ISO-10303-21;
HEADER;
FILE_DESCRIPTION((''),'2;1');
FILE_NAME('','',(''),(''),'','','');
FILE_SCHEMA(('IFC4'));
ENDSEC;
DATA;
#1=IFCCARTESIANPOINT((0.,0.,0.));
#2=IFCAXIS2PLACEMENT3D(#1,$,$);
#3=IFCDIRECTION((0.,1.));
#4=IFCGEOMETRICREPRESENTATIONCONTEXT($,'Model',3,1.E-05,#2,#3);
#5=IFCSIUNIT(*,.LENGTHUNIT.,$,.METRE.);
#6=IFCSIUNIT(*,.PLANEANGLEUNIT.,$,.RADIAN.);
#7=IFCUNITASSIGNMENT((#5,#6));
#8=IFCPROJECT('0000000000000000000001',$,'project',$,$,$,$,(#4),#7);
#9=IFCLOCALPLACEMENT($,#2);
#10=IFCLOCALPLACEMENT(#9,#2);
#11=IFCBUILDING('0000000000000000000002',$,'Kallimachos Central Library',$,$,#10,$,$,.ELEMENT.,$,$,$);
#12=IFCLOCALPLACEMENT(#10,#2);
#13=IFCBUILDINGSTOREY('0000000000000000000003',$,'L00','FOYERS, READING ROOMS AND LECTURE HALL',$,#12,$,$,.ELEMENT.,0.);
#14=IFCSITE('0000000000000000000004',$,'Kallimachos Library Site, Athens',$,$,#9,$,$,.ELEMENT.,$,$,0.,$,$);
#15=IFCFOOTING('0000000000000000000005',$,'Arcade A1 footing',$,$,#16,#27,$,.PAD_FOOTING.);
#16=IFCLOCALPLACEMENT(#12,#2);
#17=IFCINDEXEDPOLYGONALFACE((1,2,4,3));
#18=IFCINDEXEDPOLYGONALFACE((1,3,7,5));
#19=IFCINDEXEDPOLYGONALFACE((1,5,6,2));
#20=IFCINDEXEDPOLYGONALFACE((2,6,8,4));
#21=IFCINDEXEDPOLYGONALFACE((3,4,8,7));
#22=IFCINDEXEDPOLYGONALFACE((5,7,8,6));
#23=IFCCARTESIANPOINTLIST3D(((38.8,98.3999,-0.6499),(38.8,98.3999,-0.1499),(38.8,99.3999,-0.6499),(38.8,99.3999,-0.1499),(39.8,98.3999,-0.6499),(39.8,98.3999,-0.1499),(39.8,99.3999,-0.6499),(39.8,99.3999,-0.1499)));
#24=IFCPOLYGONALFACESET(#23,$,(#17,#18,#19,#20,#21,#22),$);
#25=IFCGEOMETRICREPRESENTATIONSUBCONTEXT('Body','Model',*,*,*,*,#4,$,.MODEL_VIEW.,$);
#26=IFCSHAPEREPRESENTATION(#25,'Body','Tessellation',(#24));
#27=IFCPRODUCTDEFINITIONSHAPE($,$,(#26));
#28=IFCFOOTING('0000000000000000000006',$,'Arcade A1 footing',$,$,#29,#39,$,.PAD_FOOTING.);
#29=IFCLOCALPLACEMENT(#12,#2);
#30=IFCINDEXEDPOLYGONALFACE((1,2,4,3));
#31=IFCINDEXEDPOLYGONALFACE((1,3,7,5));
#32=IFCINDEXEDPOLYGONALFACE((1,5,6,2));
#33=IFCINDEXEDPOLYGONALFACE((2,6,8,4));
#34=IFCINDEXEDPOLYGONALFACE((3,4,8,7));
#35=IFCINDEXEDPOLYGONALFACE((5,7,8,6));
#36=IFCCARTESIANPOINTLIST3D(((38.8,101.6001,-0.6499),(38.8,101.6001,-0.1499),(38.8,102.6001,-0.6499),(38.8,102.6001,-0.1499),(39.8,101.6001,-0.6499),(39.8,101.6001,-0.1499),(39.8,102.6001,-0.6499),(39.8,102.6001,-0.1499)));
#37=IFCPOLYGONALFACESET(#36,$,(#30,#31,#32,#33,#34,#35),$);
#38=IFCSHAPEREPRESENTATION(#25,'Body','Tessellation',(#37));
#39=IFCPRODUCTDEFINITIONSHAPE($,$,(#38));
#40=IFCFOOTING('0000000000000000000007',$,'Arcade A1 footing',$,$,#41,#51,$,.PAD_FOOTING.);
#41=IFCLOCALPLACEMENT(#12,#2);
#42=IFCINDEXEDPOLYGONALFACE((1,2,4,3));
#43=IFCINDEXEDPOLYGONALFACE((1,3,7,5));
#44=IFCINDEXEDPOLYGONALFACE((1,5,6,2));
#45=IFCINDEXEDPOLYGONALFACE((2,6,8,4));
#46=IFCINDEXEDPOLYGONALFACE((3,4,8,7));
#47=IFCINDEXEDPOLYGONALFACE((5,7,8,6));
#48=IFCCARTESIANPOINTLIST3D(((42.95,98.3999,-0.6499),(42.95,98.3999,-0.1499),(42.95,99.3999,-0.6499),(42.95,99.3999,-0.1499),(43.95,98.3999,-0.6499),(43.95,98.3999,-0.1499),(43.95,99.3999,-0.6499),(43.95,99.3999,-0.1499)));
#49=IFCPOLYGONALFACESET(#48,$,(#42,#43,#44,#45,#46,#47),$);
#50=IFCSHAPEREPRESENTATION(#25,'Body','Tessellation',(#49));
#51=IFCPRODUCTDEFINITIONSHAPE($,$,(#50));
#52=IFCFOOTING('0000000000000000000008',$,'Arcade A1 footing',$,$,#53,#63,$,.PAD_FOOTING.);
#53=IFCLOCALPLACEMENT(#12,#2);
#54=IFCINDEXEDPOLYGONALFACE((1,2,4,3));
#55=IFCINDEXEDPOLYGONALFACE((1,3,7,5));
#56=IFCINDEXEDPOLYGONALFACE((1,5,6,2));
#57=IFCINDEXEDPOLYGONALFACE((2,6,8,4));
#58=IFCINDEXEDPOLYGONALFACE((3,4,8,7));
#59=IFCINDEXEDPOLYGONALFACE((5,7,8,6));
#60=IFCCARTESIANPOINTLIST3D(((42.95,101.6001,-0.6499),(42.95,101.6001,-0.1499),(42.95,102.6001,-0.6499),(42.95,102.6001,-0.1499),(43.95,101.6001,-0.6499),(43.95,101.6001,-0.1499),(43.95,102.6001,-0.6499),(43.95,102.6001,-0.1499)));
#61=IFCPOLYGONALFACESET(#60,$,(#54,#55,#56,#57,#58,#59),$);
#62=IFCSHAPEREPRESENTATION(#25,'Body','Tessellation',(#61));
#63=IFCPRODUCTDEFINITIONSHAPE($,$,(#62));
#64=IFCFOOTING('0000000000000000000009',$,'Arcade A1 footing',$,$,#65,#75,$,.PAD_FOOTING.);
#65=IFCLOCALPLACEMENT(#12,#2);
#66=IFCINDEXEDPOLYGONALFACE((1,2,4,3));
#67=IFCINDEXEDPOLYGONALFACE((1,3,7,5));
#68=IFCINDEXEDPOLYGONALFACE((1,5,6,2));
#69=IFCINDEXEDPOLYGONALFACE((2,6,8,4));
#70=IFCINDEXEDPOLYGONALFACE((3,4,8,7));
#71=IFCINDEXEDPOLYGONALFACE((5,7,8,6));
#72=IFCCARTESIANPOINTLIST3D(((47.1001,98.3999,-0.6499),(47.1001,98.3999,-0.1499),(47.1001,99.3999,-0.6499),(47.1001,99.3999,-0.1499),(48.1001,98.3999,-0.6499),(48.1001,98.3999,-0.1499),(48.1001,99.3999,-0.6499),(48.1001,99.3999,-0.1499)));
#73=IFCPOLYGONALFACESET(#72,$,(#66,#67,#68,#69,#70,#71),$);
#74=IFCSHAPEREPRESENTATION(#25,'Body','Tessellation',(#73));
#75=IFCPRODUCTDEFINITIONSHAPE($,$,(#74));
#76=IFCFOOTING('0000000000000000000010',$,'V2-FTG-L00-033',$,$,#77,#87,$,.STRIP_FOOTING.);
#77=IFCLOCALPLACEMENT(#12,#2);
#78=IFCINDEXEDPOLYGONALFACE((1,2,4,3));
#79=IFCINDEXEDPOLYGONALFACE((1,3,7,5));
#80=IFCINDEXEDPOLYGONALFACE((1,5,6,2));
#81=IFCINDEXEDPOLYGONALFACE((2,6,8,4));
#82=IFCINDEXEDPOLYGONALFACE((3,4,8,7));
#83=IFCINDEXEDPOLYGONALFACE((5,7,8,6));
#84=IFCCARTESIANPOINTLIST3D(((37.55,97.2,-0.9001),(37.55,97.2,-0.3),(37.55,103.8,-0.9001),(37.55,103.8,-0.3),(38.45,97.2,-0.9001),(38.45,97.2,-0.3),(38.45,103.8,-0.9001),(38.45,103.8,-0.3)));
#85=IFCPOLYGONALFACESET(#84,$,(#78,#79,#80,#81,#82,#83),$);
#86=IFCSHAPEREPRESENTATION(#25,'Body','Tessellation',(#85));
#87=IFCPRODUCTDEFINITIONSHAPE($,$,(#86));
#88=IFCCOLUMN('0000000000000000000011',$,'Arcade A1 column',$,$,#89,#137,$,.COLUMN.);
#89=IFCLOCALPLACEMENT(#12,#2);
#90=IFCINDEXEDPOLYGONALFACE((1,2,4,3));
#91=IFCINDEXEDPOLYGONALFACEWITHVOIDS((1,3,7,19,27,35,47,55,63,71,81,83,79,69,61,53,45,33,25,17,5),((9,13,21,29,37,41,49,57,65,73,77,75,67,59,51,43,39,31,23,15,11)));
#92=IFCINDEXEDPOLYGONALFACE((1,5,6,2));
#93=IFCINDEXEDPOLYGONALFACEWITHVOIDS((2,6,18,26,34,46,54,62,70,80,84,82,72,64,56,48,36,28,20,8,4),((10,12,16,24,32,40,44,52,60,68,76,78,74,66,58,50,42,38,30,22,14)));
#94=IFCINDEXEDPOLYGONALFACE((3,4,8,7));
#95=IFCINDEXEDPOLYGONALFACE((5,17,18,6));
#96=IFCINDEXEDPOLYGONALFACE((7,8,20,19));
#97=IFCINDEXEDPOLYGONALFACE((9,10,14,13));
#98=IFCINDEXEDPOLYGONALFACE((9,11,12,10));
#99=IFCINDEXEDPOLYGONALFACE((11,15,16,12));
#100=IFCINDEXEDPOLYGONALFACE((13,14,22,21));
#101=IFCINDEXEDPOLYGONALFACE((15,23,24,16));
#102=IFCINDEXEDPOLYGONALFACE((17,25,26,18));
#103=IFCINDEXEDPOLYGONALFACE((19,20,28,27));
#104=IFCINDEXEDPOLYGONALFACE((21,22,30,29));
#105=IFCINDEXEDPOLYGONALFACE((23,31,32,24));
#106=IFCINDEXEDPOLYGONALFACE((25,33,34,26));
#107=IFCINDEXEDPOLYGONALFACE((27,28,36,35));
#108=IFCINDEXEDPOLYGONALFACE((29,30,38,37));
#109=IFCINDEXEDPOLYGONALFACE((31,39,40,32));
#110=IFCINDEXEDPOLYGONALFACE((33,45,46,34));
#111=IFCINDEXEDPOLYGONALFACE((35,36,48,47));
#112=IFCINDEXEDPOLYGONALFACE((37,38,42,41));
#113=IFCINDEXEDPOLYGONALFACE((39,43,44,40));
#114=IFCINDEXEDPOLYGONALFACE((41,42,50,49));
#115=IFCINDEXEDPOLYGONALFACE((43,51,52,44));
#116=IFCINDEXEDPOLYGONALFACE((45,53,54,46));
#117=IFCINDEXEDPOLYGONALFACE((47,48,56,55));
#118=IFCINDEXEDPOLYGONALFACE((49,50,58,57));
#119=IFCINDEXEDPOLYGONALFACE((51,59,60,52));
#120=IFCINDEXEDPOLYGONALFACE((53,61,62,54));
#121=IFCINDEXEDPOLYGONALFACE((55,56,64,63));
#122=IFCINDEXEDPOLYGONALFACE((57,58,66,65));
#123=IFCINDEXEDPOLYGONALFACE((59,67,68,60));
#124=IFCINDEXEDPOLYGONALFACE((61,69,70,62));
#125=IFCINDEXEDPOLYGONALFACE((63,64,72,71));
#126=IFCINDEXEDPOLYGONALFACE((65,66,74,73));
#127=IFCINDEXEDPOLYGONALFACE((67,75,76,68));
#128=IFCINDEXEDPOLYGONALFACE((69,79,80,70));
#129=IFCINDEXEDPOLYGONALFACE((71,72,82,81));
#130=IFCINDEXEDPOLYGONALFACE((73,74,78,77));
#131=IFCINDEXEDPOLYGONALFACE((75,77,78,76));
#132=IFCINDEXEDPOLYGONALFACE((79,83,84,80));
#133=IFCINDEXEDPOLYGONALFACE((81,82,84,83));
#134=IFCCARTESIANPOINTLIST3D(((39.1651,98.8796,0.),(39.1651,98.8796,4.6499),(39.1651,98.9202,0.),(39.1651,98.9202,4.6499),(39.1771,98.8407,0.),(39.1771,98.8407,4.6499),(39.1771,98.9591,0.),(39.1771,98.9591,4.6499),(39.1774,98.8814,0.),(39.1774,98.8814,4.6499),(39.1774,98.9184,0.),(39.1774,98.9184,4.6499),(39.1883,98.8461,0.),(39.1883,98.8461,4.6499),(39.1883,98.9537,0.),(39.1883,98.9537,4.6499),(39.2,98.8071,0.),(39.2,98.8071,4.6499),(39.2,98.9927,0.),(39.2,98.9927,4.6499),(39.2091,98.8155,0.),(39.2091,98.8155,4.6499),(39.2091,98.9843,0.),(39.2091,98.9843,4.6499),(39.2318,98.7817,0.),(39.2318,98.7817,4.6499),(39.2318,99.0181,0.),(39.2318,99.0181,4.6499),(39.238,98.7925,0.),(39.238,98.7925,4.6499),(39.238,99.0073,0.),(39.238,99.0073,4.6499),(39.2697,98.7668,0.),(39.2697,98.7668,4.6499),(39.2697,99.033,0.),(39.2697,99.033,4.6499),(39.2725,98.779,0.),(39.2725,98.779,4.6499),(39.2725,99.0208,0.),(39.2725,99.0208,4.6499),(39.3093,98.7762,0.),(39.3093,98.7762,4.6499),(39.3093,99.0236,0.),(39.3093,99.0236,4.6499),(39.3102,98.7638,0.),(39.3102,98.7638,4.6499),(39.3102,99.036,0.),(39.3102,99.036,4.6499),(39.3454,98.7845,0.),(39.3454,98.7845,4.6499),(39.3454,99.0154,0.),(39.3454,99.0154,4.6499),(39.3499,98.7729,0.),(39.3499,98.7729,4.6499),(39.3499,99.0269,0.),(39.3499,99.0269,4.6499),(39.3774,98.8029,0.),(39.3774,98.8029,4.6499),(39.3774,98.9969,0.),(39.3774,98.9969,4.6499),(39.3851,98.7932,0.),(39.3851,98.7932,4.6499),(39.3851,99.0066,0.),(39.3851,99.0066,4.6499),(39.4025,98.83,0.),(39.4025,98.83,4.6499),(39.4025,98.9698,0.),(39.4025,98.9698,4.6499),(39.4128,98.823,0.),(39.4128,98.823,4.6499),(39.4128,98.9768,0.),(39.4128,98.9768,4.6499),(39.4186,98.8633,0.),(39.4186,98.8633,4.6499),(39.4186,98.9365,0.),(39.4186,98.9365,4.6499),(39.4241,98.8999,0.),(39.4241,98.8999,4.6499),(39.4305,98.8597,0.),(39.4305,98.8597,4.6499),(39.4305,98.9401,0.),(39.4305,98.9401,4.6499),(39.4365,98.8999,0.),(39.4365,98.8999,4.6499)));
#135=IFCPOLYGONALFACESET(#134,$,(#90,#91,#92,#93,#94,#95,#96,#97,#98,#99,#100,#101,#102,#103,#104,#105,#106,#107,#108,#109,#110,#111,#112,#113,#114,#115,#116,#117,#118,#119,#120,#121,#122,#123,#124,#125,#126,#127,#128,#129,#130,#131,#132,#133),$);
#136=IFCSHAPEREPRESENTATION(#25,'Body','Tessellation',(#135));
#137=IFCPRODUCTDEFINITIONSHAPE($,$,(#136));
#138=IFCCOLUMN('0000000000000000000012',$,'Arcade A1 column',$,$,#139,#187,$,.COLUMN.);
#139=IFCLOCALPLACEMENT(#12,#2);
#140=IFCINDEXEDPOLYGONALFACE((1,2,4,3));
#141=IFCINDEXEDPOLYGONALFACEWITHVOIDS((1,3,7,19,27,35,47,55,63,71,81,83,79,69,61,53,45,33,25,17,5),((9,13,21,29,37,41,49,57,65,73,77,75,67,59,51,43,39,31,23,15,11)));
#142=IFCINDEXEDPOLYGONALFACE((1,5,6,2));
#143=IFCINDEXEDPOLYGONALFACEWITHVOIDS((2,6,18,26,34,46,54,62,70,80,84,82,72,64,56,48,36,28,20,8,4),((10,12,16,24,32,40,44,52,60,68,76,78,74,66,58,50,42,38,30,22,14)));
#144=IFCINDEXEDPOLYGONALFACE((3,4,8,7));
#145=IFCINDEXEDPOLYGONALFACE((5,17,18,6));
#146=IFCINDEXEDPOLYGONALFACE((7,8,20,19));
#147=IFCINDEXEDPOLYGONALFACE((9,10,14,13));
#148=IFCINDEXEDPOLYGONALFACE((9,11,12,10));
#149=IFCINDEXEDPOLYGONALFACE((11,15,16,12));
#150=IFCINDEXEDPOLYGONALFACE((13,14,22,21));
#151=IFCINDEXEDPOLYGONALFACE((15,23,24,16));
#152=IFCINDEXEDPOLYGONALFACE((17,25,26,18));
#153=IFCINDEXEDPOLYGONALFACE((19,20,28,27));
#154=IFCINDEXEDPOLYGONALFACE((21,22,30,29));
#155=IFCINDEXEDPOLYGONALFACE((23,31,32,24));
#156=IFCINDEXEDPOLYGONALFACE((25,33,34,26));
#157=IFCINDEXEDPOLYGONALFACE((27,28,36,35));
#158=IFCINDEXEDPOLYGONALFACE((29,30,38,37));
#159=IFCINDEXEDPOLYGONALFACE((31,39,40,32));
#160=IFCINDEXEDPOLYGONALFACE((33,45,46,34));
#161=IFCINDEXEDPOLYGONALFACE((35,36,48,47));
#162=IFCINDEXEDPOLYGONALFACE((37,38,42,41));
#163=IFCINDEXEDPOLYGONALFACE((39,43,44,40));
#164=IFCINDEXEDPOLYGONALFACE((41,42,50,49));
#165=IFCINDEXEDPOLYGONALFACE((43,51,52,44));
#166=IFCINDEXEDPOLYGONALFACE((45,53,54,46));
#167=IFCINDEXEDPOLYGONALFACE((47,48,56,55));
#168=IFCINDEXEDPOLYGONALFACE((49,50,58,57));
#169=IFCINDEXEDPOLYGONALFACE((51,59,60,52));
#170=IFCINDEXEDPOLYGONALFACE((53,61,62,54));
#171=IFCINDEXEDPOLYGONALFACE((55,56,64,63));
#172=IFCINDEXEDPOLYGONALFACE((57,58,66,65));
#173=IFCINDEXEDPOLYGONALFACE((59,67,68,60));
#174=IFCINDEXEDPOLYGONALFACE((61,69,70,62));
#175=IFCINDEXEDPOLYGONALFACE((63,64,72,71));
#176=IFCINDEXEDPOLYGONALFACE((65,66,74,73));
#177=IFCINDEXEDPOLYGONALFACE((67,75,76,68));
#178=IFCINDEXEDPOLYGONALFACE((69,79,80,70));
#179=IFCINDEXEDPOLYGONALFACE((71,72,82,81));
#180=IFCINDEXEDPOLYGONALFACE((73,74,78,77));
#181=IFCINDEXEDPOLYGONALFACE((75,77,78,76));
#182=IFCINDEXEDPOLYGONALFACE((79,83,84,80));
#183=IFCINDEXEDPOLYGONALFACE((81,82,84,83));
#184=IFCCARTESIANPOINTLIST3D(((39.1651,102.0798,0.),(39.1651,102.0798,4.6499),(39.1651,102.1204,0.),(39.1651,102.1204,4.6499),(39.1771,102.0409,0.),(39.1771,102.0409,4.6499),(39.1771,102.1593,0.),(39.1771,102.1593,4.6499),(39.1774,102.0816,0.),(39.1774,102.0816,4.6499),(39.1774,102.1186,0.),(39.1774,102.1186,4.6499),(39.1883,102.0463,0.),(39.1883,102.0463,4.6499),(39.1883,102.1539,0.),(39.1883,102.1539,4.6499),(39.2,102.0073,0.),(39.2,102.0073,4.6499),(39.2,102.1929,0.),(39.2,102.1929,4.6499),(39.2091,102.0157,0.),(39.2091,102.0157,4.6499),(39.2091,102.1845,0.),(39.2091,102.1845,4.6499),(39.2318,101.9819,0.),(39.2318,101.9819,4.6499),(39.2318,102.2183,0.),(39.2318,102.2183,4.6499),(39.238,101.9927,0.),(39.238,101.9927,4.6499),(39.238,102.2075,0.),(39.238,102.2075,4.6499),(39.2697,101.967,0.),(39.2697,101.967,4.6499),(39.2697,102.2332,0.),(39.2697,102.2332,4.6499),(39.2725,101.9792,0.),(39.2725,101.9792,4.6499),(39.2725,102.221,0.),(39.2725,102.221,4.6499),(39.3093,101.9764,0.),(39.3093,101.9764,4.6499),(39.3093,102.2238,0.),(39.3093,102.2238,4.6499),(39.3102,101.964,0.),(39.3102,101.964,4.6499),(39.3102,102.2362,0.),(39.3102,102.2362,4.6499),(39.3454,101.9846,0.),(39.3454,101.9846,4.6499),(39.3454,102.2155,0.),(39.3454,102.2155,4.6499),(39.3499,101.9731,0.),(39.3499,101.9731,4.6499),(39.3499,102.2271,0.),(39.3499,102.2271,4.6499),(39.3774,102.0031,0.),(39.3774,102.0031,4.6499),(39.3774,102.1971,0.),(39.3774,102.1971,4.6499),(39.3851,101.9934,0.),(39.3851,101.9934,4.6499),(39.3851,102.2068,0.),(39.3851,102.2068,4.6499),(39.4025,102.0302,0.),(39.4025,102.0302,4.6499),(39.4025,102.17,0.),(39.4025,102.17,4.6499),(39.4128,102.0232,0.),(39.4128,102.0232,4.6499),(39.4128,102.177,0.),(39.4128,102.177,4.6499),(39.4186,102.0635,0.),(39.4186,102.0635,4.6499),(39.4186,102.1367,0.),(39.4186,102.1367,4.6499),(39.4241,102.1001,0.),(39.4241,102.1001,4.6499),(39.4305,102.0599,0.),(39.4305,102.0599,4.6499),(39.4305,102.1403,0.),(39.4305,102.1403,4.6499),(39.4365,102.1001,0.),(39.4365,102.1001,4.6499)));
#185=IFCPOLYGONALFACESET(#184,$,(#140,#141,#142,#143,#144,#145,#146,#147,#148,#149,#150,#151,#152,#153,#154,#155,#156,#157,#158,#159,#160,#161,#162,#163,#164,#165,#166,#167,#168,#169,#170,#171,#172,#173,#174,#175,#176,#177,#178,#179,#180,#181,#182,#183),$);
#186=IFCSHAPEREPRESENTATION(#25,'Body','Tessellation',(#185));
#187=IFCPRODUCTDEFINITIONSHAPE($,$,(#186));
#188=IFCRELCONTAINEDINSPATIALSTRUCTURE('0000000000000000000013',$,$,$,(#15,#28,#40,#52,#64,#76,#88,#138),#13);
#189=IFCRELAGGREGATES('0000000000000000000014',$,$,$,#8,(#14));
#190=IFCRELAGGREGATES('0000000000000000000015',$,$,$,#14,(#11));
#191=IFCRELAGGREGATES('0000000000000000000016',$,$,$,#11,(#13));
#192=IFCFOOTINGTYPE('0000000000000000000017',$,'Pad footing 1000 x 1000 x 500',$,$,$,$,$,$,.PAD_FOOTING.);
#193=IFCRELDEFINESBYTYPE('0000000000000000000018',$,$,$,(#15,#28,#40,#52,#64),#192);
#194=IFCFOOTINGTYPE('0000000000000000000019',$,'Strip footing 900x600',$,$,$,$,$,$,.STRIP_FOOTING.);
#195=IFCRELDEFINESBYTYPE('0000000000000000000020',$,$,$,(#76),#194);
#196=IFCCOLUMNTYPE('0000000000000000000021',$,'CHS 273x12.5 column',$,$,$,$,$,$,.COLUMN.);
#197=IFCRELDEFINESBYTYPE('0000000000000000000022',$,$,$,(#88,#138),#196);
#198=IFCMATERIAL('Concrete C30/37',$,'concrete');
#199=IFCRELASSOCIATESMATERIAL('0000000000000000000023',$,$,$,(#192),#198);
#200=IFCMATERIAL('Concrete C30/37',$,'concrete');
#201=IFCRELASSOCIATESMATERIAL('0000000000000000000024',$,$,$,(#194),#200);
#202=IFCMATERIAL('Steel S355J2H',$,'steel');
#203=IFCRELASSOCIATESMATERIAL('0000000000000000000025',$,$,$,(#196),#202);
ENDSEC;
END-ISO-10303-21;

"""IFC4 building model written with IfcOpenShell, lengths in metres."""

from ifc_helpers import new_model, si_unit, direction, frame, origin, origin_2d, place, context, subcontext, project, spatial, rectangle, hollow_circle, extrude, material, material_profile, profile_set, type_object, element, save


model = new_model("IFC4")

# Units and contexts
model_context = context("Model", 3, precision=1e-05, world=origin(), true_north=direction((0.0, 1.0)))
body_context = subcontext(model_context, "Body", "Model", "MODEL_VIEW")
ifc_project = project(units=[si_unit("LENGTHUNIT", "METRE"), si_unit("PLANEANGLEUNIT", "RADIAN")], contexts=[model_context])

# Site, building, storey
site_placement = place(None, origin())
site = spatial("IfcSite", under=ifc_project, at=site_placement, Name="Kallimachos Library Site, Athens", CompositionType="ELEMENT", RefElevation=0.0)
building_placement = place(site_placement, origin())
building = spatial("IfcBuilding", under=site, at=building_placement, Name="Kallimachos Central Library", CompositionType="ELEMENT")
storey_placement = place(building_placement, origin())
storey = spatial("IfcBuildingStorey", under=building, at=storey_placement, Name="L00", Description="FOYERS, READING ROOMS AND LECTURE HALL", CompositionType="ELEMENT", Elevation=0.0)

# Footings
ifc_material_1 = material(Name="Concrete C30/37", Category="concrete")
footing_type_1 = type_object("IfcFootingType", Name="Pad footing 1000 x 1000 x 500", PredefinedType="PAD_FOOTING", material=ifc_material_1)
for number, where, z_axis, x_axis, name in (
    (1, (39.3, 98.8999, -0.6499), (0.0, 0.0, 1.0), (1.0, 0.0, 0.0), "Arcade A1 footing"),
    (2, (39.3, 102.1001, -0.6499), (0.0, 0.0, 1.0), (1.0, 0.0, 0.0), "Arcade A1 footing"),
    (3, (43.45, 98.8999, -0.6499), (0.0, 0.0, 1.0), (1.0, 0.0, 0.0), "Arcade A1 footing"),
    (4, (43.45, 102.1001, -0.6499), (0.0, 0.0, 1.0), (1.0, 0.0, 0.0), "Arcade A1 footing"),
    (5, (47.6001, 98.8999, -0.6499), (0.0, 0.0, 1.0), (1.0, 0.0, 0.0), "Arcade A1 footing"),
):
    element("IfcFooting", number, at=place(storey_placement, frame(where, z_axis=z_axis, x_axis=x_axis)), inside=storey, type_object=footing_type_1, Name=name, PredefinedType="PAD_FOOTING", context=body_context, shape_type="SweptSolid", body=[
        extrude(rectangle(XDim=1.0, YDim=1.0, at=origin_2d()), origin(), (0.0, 0.0, 1.0), 0.5),
    ])
ifc_material_2 = material(Name="Concrete C30/37", Category="concrete")
footing_type_2 = type_object("IfcFootingType", Name="Strip footing 900x600", PredefinedType="STRIP_FOOTING", material=ifc_material_2)
footing_placement = place(storey_placement, frame((38.0, 100.5, -0.9001), z_axis=(0.0, 0.0, 1.0), x_axis=(1.0, 0.0, 0.0)))
element("IfcFooting", 6, at=footing_placement, inside=storey, type_object=footing_type_2, Name="V2-FTG-L00-033", PredefinedType="STRIP_FOOTING", context=body_context, shape_type="SweptSolid", body=[
    extrude(rectangle(XDim=0.8999, YDim=6.6001, at=origin_2d()), origin(), (0.0, 0.0, 1.0), 0.6001),
])

# Columns
ifc_material_3 = material(Name="Steel S355J2H", Category="steel")
ifc_material_profile_1 = material_profile(ifc_material_3, hollow_circle(Radius=0.1365, WallThickness=0.0125, at=origin_2d()), Name="CHS 273x12.5")
ifc_profile_set_1 = profile_set([ifc_material_profile_1], Name="Steel S355J2H")
column_type = type_object("IfcColumnType", Name="CHS 273x12.5 column", PredefinedType="COLUMN", material=ifc_profile_set_1)
for number, where, z_axis, x_axis, name in (
    (7, (39.3, 98.8999, 0.0), (0.0, 0.0, 1.0), (1.0, 0.0, 0.0), "Arcade A1 column"),
    (8, (39.3, 102.1001, 0.0), (0.0, 0.0, 1.0), (1.0, 0.0, 0.0), "Arcade A1 column"),
):
    element("IfcColumn", number, at=place(storey_placement, frame(where, z_axis=z_axis, x_axis=x_axis)), inside=storey, type_object=column_type, Name=name, PredefinedType="COLUMN", context=body_context, shape_type="SweptSolid", body=[
        extrude(hollow_circle(Radius=0.1365, WallThickness=0.0125, at=origin_2d()), origin(), (0.0, 0.0, 1.0), 4.6499),
    ])

save(model, "model.ifc")
